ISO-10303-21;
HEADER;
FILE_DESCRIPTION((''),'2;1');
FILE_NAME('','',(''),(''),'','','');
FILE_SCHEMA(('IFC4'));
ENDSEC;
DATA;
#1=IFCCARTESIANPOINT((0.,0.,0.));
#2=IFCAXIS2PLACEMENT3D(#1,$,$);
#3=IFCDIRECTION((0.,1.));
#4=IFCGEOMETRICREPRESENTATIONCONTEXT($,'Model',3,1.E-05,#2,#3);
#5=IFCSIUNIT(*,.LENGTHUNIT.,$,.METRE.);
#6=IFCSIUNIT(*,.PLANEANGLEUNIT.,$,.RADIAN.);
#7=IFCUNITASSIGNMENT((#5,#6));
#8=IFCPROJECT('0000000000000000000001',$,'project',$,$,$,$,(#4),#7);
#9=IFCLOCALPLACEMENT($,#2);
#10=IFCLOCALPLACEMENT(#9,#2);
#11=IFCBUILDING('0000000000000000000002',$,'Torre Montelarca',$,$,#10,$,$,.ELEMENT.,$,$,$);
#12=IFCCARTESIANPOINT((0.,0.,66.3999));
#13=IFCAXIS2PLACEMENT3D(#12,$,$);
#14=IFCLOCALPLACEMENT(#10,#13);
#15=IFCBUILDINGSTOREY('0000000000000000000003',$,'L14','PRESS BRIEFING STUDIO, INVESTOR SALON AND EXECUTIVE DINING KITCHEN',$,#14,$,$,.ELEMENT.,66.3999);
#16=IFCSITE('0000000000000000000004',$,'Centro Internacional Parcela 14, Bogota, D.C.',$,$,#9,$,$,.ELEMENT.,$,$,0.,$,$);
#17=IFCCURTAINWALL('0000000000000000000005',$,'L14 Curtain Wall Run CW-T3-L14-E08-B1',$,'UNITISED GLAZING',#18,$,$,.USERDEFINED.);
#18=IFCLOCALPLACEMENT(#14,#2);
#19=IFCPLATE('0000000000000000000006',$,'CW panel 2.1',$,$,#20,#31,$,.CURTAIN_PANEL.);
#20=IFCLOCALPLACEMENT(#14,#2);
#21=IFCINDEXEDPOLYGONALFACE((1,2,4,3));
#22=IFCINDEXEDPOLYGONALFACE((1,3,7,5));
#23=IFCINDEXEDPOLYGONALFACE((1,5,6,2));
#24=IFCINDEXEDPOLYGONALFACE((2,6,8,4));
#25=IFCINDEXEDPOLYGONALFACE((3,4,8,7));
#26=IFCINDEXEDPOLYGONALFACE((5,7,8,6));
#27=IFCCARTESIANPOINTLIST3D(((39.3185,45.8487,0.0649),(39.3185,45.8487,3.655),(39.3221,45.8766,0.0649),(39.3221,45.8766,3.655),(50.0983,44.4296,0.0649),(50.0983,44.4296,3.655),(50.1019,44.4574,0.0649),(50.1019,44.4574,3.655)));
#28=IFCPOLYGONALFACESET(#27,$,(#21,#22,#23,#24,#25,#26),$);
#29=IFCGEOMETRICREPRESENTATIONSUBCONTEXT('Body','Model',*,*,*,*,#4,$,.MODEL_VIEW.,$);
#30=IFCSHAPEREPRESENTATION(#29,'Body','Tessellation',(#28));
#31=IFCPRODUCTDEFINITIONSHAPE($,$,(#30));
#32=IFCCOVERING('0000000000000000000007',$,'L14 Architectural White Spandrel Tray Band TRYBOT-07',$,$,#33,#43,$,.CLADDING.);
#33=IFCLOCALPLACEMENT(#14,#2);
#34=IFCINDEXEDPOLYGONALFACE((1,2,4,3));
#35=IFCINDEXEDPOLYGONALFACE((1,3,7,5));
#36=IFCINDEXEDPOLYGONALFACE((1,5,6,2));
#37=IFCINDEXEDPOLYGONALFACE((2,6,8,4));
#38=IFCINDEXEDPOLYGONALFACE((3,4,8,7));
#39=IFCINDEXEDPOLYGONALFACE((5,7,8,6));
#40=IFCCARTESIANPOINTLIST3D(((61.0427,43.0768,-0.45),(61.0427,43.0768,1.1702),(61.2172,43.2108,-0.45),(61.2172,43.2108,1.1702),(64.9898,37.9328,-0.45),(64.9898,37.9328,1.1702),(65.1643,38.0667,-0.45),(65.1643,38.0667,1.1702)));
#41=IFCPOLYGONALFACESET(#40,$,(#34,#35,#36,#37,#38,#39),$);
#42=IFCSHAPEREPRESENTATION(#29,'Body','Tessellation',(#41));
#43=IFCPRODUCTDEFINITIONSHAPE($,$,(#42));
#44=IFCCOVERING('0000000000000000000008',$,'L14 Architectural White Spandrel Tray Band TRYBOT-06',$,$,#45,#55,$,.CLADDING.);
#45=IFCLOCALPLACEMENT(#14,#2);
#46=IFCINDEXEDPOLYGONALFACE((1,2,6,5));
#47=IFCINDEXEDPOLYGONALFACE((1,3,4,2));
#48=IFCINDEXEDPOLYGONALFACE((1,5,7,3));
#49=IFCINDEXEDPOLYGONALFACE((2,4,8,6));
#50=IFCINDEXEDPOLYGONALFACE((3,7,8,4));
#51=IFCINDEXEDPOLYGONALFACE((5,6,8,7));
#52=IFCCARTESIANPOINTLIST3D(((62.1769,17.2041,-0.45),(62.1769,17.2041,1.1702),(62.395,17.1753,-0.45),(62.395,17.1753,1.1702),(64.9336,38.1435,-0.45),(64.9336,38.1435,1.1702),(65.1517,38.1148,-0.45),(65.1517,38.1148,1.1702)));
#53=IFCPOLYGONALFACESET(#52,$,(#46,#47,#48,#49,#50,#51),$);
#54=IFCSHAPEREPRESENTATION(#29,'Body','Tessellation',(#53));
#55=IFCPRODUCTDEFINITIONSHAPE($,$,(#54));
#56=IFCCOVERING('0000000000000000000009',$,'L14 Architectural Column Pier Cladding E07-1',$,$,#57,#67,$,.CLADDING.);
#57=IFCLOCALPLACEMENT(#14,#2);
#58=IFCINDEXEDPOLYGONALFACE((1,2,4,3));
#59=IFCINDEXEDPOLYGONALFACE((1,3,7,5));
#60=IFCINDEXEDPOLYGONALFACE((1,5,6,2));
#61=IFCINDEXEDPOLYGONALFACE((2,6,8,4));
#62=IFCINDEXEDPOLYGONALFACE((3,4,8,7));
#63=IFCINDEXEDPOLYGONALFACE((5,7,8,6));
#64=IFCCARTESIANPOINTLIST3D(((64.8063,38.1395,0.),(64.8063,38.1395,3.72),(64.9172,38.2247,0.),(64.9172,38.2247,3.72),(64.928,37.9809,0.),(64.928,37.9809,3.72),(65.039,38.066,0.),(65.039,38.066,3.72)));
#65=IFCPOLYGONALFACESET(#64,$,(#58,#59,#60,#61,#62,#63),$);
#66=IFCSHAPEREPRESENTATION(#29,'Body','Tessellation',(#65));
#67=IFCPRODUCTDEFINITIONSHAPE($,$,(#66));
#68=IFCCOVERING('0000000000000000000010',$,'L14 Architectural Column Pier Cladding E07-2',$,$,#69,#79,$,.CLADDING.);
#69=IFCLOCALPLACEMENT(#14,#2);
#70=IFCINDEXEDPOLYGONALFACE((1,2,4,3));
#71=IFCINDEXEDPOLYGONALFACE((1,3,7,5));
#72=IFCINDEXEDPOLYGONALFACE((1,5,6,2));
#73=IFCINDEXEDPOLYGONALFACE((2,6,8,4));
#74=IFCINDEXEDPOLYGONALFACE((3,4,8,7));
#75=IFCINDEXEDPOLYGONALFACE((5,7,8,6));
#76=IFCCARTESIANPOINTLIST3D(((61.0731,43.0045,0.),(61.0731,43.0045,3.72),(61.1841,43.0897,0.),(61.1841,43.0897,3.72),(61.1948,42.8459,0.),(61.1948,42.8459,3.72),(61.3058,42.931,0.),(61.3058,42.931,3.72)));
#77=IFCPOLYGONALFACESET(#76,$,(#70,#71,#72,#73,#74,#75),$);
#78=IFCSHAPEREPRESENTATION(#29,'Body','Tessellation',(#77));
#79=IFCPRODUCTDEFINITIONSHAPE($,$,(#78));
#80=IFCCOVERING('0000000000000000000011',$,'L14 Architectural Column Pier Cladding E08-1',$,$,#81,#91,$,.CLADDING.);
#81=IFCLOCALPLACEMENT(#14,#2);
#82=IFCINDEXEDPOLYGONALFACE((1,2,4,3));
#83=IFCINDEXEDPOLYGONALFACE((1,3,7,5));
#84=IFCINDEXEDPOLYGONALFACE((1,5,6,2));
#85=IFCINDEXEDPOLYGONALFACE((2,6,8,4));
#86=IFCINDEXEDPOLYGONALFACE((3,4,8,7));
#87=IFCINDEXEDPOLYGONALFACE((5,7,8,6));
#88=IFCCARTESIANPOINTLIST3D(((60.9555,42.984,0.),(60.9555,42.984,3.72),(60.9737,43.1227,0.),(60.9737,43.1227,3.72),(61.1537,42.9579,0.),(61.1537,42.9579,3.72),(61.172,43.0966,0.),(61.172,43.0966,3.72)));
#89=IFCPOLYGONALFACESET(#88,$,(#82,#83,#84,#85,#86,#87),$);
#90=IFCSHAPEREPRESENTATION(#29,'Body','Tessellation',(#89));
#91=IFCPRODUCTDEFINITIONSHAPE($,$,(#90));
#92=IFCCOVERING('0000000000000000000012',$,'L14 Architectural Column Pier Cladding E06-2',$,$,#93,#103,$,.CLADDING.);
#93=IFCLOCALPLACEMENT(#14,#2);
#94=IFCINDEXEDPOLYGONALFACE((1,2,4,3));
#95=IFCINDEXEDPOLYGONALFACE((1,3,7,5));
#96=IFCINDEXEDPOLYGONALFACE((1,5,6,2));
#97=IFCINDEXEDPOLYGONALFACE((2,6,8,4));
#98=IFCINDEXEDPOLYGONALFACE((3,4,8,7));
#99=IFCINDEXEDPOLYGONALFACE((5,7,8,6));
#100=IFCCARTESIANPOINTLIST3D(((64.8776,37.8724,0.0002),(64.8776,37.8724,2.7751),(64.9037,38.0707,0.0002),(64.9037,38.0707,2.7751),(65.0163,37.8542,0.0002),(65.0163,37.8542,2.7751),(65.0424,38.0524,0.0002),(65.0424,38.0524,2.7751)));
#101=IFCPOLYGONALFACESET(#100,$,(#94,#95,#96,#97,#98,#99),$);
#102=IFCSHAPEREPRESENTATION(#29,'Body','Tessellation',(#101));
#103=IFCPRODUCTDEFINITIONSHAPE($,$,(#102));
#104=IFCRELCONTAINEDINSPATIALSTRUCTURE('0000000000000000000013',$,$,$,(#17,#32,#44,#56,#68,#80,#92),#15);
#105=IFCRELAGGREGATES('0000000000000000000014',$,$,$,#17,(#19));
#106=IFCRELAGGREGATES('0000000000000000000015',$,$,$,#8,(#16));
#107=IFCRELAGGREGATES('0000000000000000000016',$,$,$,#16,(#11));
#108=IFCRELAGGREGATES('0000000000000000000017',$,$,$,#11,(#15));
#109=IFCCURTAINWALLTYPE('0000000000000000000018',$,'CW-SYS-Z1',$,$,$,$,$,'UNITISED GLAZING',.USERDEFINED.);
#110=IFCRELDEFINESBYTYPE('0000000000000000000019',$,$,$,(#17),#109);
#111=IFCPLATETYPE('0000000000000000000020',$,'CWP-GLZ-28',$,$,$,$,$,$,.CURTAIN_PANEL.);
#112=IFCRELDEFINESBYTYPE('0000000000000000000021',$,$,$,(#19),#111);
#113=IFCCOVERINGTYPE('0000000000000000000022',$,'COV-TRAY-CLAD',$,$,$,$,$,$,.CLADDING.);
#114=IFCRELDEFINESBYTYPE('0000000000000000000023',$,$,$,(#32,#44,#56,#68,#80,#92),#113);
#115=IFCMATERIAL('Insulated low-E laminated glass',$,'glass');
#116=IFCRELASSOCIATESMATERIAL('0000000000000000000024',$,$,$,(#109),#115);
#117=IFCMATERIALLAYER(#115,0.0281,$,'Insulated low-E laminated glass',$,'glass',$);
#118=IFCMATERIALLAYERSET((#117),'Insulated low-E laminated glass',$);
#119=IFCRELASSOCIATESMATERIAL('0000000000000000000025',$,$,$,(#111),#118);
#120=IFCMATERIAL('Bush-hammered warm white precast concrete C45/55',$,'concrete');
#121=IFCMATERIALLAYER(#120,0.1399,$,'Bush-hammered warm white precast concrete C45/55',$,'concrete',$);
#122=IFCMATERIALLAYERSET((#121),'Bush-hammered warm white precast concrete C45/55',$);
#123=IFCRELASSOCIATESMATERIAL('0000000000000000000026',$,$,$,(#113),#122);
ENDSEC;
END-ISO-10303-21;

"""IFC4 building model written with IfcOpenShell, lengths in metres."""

from ifc_helpers import new_model, si_unit, direction, frame, origin, origin_2d, place, context, subcontext, project, spatial, rectangle, extrude, source, transform, mapped, material, layer, layer_set, type_object, element, aggregate, save


model = new_model("IFC4")

# Units and contexts
model_context = context("Model", 3, precision=1e-05, world=origin(), true_north=direction((0.0, 1.0)))
body_context = subcontext(model_context, "Body", "Model", "MODEL_VIEW")
ifc_project = project(units=[si_unit("LENGTHUNIT", "METRE"), si_unit("PLANEANGLEUNIT", "RADIAN")], contexts=[model_context])

# Site, building, storey
site_placement = place(None, origin())
site = spatial("IfcSite", under=ifc_project, at=site_placement, Name="Centro Internacional Parcela 14, Bogota, D.C.", CompositionType="ELEMENT", RefElevation=0.0)
building_placement = place(site_placement, origin())
building = spatial("IfcBuilding", under=site, at=building_placement, Name="Torre Montelarca", CompositionType="ELEMENT")
storey_placement = place(building_placement, frame((0.0, 0.0, 66.3999)))
storey = spatial("IfcBuildingStorey", under=building, at=storey_placement, Name="L14", Description="PRESS BRIEFING STUDIO, INVESTOR SALON AND EXECUTIVE DINING KITCHEN", CompositionType="ELEMENT", Elevation=66.3999)

# Curtain wall
ifc_material_1 = material(Name="Insulated low-E laminated glass", Category="glass")
curtain_wall_type = type_object("IfcCurtainWallType", Name="CW-SYS-Z1", ElementType="UNITISED GLAZING", PredefinedType="USERDEFINED", material=ifc_material_1)
curtain_wall_1_placement = place(storey_placement, origin())
curtain_wall_1 = element("IfcCurtainWall", 1, at=curtain_wall_1_placement, inside=storey, type_object=curtain_wall_type, Name="L14 Curtain Wall Run CW-T3-L14-E08-B1", ObjectType="UNITISED GLAZING", PredefinedType="USERDEFINED")

# Plate
ifc_layer_1 = layer(ifc_material_1, 0.0281, Name="Insulated low-E laminated glass", Category="glass")
ifc_layer_set_1 = layer_set([ifc_layer_1], Name="Insulated low-E laminated glass")
plate_type = type_object("IfcPlateType", Name="CWP-GLZ-28", PredefinedType="CURTAIN_PANEL", material=ifc_layer_set_1)
shared_shape_1 = source(origin(), body_context, "Body", "SweptSolid", [
    extrude(rectangle(XDim=10.8728, YDim=0.0281, at=origin_2d()), origin(), (0.0, 0.0, 1.0), 3.5901),
])
plate_1_placement = place(storey_placement, frame((44.7102, 45.1531, 0.0649), z_axis=(0.0, 0.0, 1.0), x_axis=(-0.991445, 0.130525, 0.0)))
plate_1 = element("IfcPlate", 2, at=plate_1_placement, type_object=plate_type, Name="CW panel 2.1", PredefinedType="CURTAIN_PANEL", context=body_context, shape_type="MappedRepresentation", body=[
    mapped(shared_shape_1, transform((0.0, 0.0, 0.0), scale=1.0)),
])
aggregate(curtain_wall_1, [plate_1])

# Coverings
ifc_material_2 = material(Name="Bush-hammered warm white precast concrete C45/55", Category="concrete")
ifc_layer_2 = layer(ifc_material_2, 0.1399, Name="Bush-hammered warm white precast concrete C45/55", Category="concrete")
ifc_layer_set_2 = layer_set([ifc_layer_2], Name="Bush-hammered warm white precast concrete C45/55")
covering_type = type_object("IfcCoveringType", Name="COV-TRAY-CLAD", PredefinedType="CLADDING", material=ifc_layer_set_2)
shared_shape_2 = source(origin(), body_context, "Body", "SweptSolid", [
    extrude(rectangle(XDim=6.4839, YDim=0.22, at=origin_2d()), origin(), (0.0, 0.0, 1.0), 1.6201),
])
covering_1_placement = place(storey_placement, frame((63.1035, 40.5718, -0.45), z_axis=(0.0, 0.0, 1.0), x_axis=(-0.608756, 0.793358, 0.0)))
element("IfcCovering", 3, at=covering_1_placement, inside=storey, type_object=covering_type, Name="L14 Architectural White Spandrel Tray Band TRYBOT-07", PredefinedType="CLADDING", context=body_context, shape_type="MappedRepresentation", body=[
    mapped(shared_shape_2, transform((0.0, 0.0, 0.0), scale=1.0)),
])
shared_shape_3 = source(origin(), body_context, "Body", "SweptSolid", [
    extrude(rectangle(XDim=21.1201, YDim=0.22, at=origin_2d()), origin(), (0.0, 0.0, 1.0), 1.6201),
])
covering_2_placement = place(storey_placement, frame((63.6643, 27.6594, -0.45), z_axis=(0.0, 0.0, 1.0), x_axis=(0.130524, 0.991445, 0.0)))
element("IfcCovering", 4, at=covering_2_placement, inside=storey, type_object=covering_type, Name="L14 Architectural White Spandrel Tray Band TRYBOT-06", PredefinedType="CLADDING", context=body_context, shape_type="MappedRepresentation", body=[
    mapped(shared_shape_3, transform((0.0, 0.0, 0.0), scale=1.0)),
])
shared_shape_4 = source(origin(), body_context, "Body", "SweptSolid", [
    extrude(rectangle(XDim=0.2, YDim=0.1399, at=origin_2d()), origin(), (0.0, 0.0, 1.0), 3.72),
])
for number, where, z_axis, x_axis, name in (
    (5, (64.9226, 38.1028, 0.0), (0.0, 0.0, 1.0), (-0.608764, 0.793351, 0.0), "L14 Architectural Column Pier Cladding E07-1"),
    (6, (61.1895, 42.9678, 0.0), (0.0, 0.0, 1.0), (-0.608764, 0.793351, 0.0), "L14 Architectural Column Pier Cladding E07-2"),
    (7, (61.0637, 43.0403, 0.0), (0.0, 0.0, 1.0), (-0.991445, 0.130526, 0.0), "L14 Architectural Column Pier Cladding E08-1"),
):
    element("IfcCovering", number, at=place(storey_placement, frame(where, z_axis=z_axis, x_axis=x_axis)), inside=storey, type_object=covering_type, Name=name, PredefinedType="CLADDING", context=body_context, shape_type="MappedRepresentation", body=[
        mapped(shared_shape_4, transform((0.0, 0.0, 0.0), scale=1.0)),
    ])
shared_shape_5 = source(origin(), body_context, "Body", "SweptSolid", [
    extrude(rectangle(XDim=0.2, YDim=0.1399, at=origin_2d()), origin(), (0.0, 0.0, 1.0), 2.7749),
])
covering_3_placement = place(storey_placement, frame((64.96, 37.9624, 0.0002), z_axis=(0.0, 0.0, 1.0), x_axis=(0.130524, 0.991445, 0.0)))
element("IfcCovering", 8, at=covering_3_placement, inside=storey, type_object=covering_type, Name="L14 Architectural Column Pier Cladding E06-2", PredefinedType="CLADDING", context=body_context, shape_type="MappedRepresentation", body=[
    mapped(shared_shape_5, transform((0.0, 0.0, 0.0), scale=1.0)),
])

save(model, "model.ifc")
